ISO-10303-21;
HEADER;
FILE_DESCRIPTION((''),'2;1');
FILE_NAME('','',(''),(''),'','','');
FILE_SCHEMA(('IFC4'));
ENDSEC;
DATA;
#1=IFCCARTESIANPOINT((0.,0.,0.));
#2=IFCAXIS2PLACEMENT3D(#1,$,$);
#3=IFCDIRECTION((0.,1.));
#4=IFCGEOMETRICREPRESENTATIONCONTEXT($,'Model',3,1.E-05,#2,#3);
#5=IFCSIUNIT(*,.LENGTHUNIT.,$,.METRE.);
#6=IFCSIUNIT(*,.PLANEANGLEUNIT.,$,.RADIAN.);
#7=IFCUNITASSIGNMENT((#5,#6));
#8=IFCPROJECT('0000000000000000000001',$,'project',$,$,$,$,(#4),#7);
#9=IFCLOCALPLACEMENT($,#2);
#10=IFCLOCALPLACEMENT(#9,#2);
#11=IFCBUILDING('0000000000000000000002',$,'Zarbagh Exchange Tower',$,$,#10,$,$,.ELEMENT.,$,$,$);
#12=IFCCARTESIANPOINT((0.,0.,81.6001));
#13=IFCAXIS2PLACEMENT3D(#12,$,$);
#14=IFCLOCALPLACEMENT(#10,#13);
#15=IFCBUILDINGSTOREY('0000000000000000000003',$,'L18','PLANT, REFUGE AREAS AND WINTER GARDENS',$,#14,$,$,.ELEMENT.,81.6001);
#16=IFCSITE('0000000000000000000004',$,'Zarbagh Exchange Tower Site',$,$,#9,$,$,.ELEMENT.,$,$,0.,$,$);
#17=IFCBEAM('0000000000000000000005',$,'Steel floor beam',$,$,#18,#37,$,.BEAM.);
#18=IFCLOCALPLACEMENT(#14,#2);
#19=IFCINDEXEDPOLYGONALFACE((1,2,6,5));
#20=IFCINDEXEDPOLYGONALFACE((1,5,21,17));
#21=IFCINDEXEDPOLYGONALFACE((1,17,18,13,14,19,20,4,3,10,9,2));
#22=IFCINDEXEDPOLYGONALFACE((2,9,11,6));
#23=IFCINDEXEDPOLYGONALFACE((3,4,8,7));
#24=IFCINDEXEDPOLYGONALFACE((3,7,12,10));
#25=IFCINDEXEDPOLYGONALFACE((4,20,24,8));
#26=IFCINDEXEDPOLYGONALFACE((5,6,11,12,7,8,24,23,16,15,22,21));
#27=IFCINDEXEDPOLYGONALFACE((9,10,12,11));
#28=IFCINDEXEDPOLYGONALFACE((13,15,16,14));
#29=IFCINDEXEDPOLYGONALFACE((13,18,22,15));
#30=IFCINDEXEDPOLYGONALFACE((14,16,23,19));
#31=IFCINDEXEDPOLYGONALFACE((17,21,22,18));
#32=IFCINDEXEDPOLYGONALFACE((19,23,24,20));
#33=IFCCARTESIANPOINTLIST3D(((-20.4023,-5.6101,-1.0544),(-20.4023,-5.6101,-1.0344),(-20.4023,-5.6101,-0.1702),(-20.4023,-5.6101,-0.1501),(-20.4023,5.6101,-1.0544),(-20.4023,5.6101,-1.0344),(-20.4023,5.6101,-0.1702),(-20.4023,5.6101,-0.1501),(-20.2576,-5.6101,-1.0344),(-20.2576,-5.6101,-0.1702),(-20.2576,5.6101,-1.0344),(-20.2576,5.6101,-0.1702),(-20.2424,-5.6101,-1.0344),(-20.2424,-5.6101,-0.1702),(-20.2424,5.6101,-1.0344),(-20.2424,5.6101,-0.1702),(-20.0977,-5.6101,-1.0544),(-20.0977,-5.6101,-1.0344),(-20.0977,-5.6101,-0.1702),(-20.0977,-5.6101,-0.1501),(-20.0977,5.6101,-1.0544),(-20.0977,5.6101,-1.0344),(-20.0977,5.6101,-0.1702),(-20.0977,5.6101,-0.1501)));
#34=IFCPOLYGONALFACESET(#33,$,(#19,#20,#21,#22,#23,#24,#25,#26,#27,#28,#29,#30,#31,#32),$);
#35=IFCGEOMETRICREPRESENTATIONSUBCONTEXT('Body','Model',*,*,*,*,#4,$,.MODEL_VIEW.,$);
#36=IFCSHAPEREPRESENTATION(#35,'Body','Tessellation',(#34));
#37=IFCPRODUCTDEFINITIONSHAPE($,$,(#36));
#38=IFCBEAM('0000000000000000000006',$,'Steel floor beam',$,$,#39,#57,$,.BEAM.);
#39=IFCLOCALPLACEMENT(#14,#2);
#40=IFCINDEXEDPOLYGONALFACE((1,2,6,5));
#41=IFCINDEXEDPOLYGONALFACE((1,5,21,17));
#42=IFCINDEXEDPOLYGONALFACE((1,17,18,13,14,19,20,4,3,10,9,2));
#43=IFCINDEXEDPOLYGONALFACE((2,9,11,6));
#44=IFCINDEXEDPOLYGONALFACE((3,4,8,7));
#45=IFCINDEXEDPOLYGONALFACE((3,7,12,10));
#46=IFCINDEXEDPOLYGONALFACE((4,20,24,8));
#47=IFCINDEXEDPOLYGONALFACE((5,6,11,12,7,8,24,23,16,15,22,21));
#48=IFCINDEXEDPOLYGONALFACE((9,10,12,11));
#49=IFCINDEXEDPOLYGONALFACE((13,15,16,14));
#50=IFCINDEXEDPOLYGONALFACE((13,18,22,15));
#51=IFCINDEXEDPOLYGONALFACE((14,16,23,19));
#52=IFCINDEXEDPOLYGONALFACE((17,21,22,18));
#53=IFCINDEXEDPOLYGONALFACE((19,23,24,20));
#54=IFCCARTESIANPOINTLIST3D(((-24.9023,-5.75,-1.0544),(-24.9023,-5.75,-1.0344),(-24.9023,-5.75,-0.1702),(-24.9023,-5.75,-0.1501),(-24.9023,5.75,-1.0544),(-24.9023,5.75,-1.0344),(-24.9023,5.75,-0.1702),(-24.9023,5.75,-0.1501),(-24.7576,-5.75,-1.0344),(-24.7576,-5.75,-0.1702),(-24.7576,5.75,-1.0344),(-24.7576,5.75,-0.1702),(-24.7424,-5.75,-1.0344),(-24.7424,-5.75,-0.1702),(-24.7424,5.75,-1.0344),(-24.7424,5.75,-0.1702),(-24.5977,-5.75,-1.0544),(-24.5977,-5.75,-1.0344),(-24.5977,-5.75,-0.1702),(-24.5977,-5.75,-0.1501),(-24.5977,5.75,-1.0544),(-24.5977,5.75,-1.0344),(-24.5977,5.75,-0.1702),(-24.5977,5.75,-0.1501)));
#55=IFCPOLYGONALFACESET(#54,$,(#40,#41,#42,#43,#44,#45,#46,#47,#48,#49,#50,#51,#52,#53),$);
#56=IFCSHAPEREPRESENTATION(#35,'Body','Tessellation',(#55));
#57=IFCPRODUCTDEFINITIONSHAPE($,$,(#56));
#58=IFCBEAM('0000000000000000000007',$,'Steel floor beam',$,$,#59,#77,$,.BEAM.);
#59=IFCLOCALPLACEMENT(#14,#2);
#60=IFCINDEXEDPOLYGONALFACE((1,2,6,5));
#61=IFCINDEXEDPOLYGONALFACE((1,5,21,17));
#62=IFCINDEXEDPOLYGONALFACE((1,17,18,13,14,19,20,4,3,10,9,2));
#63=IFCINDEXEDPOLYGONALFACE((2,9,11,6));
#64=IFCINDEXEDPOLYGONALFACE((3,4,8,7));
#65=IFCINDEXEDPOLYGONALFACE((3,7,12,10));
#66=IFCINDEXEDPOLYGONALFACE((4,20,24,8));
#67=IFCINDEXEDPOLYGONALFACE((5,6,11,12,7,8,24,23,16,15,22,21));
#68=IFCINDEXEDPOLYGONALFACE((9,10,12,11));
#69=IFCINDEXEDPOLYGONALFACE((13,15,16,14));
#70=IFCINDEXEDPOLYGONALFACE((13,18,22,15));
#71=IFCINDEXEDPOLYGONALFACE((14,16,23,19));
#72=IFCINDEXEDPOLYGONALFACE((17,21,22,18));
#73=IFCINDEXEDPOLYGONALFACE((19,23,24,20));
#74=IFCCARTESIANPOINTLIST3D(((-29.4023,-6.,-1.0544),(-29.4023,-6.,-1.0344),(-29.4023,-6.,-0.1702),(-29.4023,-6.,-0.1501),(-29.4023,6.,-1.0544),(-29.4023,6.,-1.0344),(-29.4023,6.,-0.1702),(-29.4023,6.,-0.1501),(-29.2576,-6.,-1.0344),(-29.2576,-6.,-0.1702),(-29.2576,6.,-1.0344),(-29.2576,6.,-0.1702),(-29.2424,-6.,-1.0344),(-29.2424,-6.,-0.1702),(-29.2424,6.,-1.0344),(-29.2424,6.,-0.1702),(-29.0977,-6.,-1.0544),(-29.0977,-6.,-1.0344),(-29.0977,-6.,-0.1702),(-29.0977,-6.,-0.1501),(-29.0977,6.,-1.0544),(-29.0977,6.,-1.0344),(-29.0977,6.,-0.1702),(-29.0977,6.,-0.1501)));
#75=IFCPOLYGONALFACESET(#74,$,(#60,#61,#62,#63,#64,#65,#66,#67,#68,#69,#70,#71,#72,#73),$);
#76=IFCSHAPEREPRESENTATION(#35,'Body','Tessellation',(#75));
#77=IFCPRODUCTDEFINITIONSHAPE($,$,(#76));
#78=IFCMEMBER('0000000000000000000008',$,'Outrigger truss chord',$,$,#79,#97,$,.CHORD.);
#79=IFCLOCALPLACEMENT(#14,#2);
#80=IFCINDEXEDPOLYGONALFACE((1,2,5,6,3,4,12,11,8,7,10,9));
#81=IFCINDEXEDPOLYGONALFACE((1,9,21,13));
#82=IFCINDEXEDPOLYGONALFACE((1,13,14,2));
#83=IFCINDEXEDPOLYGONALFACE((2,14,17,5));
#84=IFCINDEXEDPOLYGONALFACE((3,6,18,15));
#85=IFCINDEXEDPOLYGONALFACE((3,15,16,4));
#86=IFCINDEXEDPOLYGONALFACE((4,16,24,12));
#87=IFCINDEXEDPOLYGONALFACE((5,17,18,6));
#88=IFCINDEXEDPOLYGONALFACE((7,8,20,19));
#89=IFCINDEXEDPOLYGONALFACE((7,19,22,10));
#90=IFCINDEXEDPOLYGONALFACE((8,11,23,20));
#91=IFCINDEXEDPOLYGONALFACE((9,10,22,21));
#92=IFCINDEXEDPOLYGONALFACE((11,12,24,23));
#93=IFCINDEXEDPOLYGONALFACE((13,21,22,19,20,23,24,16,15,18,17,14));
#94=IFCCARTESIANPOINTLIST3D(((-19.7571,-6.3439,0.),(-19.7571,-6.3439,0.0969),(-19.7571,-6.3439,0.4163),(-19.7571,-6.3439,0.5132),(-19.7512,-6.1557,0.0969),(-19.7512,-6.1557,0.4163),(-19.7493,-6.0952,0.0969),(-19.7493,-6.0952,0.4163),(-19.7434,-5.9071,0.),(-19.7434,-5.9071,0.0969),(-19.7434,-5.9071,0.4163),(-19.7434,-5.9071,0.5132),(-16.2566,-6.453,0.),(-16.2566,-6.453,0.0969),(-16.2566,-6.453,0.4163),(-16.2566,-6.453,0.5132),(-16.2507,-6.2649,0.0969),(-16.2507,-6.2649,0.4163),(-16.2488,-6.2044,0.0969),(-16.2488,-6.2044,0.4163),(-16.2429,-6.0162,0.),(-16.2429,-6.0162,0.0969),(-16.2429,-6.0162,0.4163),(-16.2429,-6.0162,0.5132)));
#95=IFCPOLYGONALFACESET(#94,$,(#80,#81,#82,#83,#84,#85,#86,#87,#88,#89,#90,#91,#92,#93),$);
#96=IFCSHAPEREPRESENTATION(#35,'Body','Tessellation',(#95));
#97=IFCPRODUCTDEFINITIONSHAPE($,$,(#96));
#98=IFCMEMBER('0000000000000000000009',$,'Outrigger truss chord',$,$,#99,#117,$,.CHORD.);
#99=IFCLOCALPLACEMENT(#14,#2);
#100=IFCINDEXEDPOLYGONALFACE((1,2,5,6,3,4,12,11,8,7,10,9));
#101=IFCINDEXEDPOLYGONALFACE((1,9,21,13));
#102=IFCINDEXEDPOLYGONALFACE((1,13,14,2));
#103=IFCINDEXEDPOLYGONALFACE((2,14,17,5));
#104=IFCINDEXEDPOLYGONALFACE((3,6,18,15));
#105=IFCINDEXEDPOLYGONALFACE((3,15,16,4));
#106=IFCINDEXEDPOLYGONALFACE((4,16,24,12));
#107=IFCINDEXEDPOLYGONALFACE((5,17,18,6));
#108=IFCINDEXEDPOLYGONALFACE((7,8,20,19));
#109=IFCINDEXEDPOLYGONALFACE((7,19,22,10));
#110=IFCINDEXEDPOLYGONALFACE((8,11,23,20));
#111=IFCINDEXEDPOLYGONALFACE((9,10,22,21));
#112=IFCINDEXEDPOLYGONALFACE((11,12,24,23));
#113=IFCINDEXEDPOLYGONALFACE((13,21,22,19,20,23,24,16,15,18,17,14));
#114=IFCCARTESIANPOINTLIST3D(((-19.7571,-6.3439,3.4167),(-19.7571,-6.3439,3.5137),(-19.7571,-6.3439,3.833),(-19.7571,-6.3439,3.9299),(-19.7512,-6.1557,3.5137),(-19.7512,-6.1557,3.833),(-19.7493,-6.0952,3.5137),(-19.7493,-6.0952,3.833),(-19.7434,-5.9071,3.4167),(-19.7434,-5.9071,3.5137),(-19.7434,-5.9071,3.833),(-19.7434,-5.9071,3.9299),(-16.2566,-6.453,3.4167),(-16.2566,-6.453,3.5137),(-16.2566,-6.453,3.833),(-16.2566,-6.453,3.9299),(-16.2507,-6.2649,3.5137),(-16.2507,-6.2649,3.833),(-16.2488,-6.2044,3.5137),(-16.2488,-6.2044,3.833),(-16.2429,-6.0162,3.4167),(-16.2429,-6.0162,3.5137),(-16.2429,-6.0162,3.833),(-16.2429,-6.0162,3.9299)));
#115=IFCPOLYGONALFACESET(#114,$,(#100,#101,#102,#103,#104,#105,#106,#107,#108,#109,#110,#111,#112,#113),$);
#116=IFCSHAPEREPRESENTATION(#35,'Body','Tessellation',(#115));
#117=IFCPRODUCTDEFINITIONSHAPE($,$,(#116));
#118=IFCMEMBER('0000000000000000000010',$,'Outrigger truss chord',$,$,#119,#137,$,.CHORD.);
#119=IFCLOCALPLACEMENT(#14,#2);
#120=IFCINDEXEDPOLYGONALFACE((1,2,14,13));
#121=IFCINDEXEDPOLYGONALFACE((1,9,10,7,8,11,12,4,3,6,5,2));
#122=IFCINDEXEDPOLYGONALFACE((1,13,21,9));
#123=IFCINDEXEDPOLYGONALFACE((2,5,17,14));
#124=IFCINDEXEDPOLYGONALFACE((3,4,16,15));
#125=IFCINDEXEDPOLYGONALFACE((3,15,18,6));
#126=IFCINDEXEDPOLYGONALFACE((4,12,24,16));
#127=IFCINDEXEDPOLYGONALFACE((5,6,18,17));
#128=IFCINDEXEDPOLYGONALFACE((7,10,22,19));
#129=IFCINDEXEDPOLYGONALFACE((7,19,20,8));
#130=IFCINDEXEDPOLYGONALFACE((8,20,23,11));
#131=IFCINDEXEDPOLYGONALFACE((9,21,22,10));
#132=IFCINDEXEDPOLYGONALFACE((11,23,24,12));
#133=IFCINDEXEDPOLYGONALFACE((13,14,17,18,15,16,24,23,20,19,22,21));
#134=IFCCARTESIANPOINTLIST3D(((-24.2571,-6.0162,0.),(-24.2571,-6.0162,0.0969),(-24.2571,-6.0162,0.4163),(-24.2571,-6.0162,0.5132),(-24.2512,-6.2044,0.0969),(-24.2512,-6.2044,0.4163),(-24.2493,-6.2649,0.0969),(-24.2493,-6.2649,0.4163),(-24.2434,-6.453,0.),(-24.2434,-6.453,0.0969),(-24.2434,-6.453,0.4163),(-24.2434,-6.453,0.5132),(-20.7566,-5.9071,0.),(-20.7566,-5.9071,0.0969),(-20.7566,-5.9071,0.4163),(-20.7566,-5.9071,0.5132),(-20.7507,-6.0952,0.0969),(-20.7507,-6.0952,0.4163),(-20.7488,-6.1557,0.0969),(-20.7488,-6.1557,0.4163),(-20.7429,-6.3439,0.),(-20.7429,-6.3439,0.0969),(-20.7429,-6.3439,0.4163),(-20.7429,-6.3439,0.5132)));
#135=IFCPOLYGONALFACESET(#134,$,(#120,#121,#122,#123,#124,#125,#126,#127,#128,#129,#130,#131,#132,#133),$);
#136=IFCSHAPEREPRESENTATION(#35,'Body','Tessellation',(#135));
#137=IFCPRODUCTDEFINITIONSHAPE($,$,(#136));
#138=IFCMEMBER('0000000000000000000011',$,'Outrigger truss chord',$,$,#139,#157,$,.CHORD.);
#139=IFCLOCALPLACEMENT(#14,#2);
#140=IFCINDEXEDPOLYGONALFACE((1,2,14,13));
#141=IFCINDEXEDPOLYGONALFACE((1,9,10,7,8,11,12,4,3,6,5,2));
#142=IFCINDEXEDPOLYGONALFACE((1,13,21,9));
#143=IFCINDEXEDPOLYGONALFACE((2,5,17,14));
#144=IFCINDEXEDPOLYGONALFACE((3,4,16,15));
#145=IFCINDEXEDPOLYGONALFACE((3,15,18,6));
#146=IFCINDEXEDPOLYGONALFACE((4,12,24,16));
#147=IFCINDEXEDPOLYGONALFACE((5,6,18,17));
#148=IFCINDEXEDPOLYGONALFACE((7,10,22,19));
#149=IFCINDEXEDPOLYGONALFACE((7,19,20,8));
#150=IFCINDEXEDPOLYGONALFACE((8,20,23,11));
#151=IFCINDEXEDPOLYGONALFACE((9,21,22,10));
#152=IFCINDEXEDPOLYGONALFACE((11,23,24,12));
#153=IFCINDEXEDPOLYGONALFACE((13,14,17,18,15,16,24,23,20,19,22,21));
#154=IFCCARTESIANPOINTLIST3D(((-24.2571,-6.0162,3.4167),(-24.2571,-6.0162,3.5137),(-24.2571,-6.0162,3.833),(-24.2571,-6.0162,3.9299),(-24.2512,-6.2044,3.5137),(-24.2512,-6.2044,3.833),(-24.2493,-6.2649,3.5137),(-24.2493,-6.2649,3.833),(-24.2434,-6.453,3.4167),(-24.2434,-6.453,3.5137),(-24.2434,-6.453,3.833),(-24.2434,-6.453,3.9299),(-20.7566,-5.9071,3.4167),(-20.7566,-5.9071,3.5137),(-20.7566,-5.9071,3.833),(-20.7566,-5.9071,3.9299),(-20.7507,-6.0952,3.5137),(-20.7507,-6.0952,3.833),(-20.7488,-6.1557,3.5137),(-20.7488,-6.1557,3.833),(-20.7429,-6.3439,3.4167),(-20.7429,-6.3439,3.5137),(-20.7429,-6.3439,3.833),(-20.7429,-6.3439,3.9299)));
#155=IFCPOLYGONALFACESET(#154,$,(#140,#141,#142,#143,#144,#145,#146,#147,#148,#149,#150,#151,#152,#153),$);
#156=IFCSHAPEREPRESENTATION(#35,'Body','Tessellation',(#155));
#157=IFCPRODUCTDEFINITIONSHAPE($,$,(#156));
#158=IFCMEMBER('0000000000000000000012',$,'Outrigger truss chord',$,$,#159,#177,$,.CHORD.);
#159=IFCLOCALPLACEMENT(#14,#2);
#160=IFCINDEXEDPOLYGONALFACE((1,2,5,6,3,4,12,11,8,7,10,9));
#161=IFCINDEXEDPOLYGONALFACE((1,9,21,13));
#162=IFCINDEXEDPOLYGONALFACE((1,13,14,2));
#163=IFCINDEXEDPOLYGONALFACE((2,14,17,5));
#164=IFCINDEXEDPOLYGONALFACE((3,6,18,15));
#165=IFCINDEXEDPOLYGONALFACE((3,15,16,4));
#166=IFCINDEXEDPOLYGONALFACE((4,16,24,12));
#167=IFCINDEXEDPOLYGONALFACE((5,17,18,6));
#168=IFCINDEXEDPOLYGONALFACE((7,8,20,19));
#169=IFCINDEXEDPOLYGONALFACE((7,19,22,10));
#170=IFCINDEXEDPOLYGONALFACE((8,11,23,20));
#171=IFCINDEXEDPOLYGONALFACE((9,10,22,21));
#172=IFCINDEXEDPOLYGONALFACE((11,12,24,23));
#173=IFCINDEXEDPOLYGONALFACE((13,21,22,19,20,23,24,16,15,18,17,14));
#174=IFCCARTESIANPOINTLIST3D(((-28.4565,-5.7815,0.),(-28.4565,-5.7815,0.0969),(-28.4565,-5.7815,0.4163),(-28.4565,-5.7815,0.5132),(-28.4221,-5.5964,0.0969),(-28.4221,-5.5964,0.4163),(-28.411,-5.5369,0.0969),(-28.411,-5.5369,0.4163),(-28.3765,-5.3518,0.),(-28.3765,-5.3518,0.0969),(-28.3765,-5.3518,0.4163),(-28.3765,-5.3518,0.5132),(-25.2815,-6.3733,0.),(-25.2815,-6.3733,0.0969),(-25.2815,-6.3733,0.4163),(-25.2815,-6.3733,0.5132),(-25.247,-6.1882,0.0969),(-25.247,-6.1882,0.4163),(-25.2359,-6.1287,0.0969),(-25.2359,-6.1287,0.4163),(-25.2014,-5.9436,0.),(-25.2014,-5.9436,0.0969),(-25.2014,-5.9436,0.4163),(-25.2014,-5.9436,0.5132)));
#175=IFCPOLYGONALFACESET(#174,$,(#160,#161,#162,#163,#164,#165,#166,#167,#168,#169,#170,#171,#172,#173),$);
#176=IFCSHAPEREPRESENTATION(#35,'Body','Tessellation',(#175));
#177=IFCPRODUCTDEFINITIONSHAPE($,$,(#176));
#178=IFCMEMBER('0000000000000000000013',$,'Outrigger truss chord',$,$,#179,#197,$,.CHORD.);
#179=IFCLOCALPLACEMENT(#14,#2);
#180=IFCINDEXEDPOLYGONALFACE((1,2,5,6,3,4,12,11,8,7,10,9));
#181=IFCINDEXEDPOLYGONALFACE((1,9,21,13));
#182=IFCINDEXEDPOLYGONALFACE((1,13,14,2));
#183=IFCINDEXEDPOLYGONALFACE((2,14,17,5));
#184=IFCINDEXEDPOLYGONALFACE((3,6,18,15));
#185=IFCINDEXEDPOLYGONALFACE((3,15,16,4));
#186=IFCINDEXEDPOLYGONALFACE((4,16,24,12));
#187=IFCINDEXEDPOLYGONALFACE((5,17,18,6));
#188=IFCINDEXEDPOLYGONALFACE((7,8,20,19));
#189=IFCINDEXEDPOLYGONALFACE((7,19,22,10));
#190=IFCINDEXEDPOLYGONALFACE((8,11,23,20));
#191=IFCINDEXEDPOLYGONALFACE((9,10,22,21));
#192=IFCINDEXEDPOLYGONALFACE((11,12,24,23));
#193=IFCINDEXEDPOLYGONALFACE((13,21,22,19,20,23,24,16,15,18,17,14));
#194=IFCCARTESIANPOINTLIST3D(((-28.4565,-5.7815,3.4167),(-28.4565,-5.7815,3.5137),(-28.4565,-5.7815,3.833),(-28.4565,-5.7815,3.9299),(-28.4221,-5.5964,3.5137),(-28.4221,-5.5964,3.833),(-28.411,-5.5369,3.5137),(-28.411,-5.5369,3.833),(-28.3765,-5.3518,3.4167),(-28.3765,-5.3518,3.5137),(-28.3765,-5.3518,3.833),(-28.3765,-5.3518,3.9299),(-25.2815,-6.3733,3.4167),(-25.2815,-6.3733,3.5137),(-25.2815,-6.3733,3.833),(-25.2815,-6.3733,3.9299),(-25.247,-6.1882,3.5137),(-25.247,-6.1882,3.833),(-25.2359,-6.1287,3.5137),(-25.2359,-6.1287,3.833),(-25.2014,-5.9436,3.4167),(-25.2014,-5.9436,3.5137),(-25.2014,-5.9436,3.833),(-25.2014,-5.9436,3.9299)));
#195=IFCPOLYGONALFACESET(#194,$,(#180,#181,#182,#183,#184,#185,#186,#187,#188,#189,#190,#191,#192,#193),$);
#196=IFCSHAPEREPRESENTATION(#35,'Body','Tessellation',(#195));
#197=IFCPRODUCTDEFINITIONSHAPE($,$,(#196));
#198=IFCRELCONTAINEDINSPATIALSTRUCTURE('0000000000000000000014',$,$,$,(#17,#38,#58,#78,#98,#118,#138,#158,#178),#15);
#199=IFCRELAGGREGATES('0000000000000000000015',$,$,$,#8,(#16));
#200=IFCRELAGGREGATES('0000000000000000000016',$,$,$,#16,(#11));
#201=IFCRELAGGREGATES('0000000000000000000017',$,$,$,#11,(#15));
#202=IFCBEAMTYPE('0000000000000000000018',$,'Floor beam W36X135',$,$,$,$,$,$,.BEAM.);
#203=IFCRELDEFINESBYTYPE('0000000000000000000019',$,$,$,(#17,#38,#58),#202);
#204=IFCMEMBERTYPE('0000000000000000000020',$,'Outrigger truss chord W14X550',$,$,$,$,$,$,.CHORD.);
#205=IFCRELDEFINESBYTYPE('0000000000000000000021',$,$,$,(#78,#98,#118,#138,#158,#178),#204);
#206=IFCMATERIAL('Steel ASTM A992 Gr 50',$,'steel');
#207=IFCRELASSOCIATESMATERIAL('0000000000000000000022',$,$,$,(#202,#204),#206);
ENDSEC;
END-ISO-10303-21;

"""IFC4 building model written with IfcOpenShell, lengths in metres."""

from ifc_helpers import new_model, si_unit, direction, frame, origin, origin_2d, place, context, subcontext, project, spatial, i_section, extrude, material, material_profile, profile_set, type_object, element, save


model = new_model("IFC4")

# Units and contexts
model_context = context("Model", 3, precision=1e-05, world=origin(), true_north=direction((0.0, 1.0)))
body_context = subcontext(model_context, "Body", "Model", "MODEL_VIEW")
ifc_project = project(units=[si_unit("LENGTHUNIT", "METRE"), si_unit("PLANEANGLEUNIT", "RADIAN")], contexts=[model_context])

# Site, building, storey
site_placement = place(None, origin())
site = spatial("IfcSite", under=ifc_project, at=site_placement, Name="Zarbagh Exchange Tower Site", CompositionType="ELEMENT", RefElevation=0.0)
building_placement = place(site_placement, origin())
building = spatial("IfcBuilding", under=site, at=building_placement, Name="Zarbagh Exchange Tower", CompositionType="ELEMENT")
storey_placement = place(building_placement, frame((0.0, 0.0, 81.6001)))
storey = spatial("IfcBuildingStorey", under=building, at=storey_placement, Name="L18", Description="PLANT, REFUGE AREAS AND WINTER GARDENS", CompositionType="ELEMENT", Elevation=81.6001)

# Shared definitions
ifc_material_1 = material(Name="Steel ASTM A992 Gr 50", Category="steel")

# Beams
ifc_material_profile_1 = material_profile(ifc_material_1, i_section(OverallWidth=0.3047, OverallDepth=0.9043, WebThickness=0.0151, FlangeThickness=0.02, at=origin_2d()), Name="W36X135")
ifc_profile_set_1 = profile_set([ifc_material_profile_1], Name="Steel ASTM A992 Gr 50")
beam_type_1 = type_object("IfcBeamType", Name="Floor beam W36X135", PredefinedType="BEAM", material=ifc_profile_set_1)
beam_1_placement = place(storey_placement, frame((-20.25, -5.6101, -0.6023), z_axis=(0.0, 1.0, 0.0), x_axis=(-1.0, 0.0, 0.0)))
element("IfcBeam", 1, at=beam_1_placement, inside=storey, type_object=beam_type_1, Name="Steel floor beam", PredefinedType="BEAM", context=body_context, shape_type="SweptSolid", body=[
    extrude(i_section(OverallWidth=0.3047, OverallDepth=0.9043, WebThickness=0.0151, FlangeThickness=0.02, at=origin_2d()), origin(), (0.0, 0.0, 1.0), 11.2202),
])
beam_2_placement = place(storey_placement, frame((-24.75, -5.75, -0.6023), z_axis=(0.0, 1.0, 0.0), x_axis=(-1.0, 0.0, 0.0)))
element("IfcBeam", 2, at=beam_2_placement, inside=storey, type_object=beam_type_1, Name="Steel floor beam", PredefinedType="BEAM", context=body_context, shape_type="SweptSolid", body=[
    extrude(i_section(OverallWidth=0.3047, OverallDepth=0.9043, WebThickness=0.0151, FlangeThickness=0.02, at=origin_2d()), origin(), (0.0, 0.0, 1.0), 11.5),
])
beam_3_placement = place(storey_placement, frame((-29.25, -6.0, -0.6023), z_axis=(0.0, 1.0, 0.0), x_axis=(-1.0, 0.0, 0.0)))
element("IfcBeam", 3, at=beam_3_placement, inside=storey, type_object=beam_type_1, Name="Steel floor beam", PredefinedType="BEAM", context=body_context, shape_type="SweptSolid", body=[
    extrude(i_section(OverallWidth=0.3047, OverallDepth=0.9043, WebThickness=0.0151, FlangeThickness=0.02, at=origin_2d()), origin(), (0.0, 0.0, 1.0), 12.0),
])

# Members
ifc_material_profile_2 = material_profile(ifc_material_1, i_section(OverallWidth=0.437, OverallDepth=0.5132, WebThickness=0.0605, FlangeThickness=0.0969, at=origin_2d()), Name="W14X550")
ifc_profile_set_2 = profile_set([ifc_material_profile_2], Name="Steel ASTM A992 Gr 50")
member_type_1 = type_object("IfcMemberType", Name="Outrigger truss chord W14X550", PredefinedType="CHORD", material=ifc_profile_set_2)
for number, where, z_axis, x_axis, name in (
    (4, (-16.2498, -6.2346, 0.2566), (-0.999514, 0.031161, 0.0), (-0.031161, -0.999514, 0.0), "Outrigger truss chord"),
    (5, (-16.2498, -6.2346, 3.6733), (-0.999514, 0.031161, 0.0), (-0.031161, -0.999514, 0.0), "Outrigger truss chord"),
    (6, (-20.7498, -6.1255, 0.2566), (-0.999514, -0.031161, 0.0), (0.031161, -0.999514, 0.0), "Outrigger truss chord"),
    (7, (-20.7498, -6.1255, 3.6733), (-0.999514, -0.031161, 0.0), (0.031161, -0.999514, 0.0), "Outrigger truss chord"),
):
    element("IfcMember", number, at=place(storey_placement, frame(where, z_axis=z_axis, x_axis=x_axis)), inside=storey, type_object=member_type_1, Name=name, PredefinedType="CHORD", context=body_context, shape_type="SweptSolid", body=[
        extrude(i_section(OverallWidth=0.437, OverallDepth=0.5132, WebThickness=0.0605, FlangeThickness=0.0969, at=origin_2d()), origin(), (0.0, 0.0, 1.0), 3.5022),
    ])
for number, where, z_axis, x_axis, name in (
    (8, (-25.2415, -6.1584, 0.2566), (-0.983069, 0.183234, 0.0), (-0.183234, -0.983069, 0.0), "Outrigger truss chord"),
    (9, (-25.2415, -6.1584, 3.6733), (-0.983069, 0.183234, 0.0), (-0.183234, -0.983069, 0.0), "Outrigger truss chord"),
):
    element("IfcMember", number, at=place(storey_placement, frame(where, z_axis=z_axis, x_axis=x_axis)), inside=storey, type_object=member_type_1, Name=name, PredefinedType="CHORD", context=body_context, shape_type="SweptSolid", body=[
        extrude(i_section(OverallWidth=0.437, OverallDepth=0.5132, WebThickness=0.0605, FlangeThickness=0.0969, at=origin_2d()), origin(), (0.0, 0.0, 1.0), 3.2297),
    ])

save(model, "model.ifc")
